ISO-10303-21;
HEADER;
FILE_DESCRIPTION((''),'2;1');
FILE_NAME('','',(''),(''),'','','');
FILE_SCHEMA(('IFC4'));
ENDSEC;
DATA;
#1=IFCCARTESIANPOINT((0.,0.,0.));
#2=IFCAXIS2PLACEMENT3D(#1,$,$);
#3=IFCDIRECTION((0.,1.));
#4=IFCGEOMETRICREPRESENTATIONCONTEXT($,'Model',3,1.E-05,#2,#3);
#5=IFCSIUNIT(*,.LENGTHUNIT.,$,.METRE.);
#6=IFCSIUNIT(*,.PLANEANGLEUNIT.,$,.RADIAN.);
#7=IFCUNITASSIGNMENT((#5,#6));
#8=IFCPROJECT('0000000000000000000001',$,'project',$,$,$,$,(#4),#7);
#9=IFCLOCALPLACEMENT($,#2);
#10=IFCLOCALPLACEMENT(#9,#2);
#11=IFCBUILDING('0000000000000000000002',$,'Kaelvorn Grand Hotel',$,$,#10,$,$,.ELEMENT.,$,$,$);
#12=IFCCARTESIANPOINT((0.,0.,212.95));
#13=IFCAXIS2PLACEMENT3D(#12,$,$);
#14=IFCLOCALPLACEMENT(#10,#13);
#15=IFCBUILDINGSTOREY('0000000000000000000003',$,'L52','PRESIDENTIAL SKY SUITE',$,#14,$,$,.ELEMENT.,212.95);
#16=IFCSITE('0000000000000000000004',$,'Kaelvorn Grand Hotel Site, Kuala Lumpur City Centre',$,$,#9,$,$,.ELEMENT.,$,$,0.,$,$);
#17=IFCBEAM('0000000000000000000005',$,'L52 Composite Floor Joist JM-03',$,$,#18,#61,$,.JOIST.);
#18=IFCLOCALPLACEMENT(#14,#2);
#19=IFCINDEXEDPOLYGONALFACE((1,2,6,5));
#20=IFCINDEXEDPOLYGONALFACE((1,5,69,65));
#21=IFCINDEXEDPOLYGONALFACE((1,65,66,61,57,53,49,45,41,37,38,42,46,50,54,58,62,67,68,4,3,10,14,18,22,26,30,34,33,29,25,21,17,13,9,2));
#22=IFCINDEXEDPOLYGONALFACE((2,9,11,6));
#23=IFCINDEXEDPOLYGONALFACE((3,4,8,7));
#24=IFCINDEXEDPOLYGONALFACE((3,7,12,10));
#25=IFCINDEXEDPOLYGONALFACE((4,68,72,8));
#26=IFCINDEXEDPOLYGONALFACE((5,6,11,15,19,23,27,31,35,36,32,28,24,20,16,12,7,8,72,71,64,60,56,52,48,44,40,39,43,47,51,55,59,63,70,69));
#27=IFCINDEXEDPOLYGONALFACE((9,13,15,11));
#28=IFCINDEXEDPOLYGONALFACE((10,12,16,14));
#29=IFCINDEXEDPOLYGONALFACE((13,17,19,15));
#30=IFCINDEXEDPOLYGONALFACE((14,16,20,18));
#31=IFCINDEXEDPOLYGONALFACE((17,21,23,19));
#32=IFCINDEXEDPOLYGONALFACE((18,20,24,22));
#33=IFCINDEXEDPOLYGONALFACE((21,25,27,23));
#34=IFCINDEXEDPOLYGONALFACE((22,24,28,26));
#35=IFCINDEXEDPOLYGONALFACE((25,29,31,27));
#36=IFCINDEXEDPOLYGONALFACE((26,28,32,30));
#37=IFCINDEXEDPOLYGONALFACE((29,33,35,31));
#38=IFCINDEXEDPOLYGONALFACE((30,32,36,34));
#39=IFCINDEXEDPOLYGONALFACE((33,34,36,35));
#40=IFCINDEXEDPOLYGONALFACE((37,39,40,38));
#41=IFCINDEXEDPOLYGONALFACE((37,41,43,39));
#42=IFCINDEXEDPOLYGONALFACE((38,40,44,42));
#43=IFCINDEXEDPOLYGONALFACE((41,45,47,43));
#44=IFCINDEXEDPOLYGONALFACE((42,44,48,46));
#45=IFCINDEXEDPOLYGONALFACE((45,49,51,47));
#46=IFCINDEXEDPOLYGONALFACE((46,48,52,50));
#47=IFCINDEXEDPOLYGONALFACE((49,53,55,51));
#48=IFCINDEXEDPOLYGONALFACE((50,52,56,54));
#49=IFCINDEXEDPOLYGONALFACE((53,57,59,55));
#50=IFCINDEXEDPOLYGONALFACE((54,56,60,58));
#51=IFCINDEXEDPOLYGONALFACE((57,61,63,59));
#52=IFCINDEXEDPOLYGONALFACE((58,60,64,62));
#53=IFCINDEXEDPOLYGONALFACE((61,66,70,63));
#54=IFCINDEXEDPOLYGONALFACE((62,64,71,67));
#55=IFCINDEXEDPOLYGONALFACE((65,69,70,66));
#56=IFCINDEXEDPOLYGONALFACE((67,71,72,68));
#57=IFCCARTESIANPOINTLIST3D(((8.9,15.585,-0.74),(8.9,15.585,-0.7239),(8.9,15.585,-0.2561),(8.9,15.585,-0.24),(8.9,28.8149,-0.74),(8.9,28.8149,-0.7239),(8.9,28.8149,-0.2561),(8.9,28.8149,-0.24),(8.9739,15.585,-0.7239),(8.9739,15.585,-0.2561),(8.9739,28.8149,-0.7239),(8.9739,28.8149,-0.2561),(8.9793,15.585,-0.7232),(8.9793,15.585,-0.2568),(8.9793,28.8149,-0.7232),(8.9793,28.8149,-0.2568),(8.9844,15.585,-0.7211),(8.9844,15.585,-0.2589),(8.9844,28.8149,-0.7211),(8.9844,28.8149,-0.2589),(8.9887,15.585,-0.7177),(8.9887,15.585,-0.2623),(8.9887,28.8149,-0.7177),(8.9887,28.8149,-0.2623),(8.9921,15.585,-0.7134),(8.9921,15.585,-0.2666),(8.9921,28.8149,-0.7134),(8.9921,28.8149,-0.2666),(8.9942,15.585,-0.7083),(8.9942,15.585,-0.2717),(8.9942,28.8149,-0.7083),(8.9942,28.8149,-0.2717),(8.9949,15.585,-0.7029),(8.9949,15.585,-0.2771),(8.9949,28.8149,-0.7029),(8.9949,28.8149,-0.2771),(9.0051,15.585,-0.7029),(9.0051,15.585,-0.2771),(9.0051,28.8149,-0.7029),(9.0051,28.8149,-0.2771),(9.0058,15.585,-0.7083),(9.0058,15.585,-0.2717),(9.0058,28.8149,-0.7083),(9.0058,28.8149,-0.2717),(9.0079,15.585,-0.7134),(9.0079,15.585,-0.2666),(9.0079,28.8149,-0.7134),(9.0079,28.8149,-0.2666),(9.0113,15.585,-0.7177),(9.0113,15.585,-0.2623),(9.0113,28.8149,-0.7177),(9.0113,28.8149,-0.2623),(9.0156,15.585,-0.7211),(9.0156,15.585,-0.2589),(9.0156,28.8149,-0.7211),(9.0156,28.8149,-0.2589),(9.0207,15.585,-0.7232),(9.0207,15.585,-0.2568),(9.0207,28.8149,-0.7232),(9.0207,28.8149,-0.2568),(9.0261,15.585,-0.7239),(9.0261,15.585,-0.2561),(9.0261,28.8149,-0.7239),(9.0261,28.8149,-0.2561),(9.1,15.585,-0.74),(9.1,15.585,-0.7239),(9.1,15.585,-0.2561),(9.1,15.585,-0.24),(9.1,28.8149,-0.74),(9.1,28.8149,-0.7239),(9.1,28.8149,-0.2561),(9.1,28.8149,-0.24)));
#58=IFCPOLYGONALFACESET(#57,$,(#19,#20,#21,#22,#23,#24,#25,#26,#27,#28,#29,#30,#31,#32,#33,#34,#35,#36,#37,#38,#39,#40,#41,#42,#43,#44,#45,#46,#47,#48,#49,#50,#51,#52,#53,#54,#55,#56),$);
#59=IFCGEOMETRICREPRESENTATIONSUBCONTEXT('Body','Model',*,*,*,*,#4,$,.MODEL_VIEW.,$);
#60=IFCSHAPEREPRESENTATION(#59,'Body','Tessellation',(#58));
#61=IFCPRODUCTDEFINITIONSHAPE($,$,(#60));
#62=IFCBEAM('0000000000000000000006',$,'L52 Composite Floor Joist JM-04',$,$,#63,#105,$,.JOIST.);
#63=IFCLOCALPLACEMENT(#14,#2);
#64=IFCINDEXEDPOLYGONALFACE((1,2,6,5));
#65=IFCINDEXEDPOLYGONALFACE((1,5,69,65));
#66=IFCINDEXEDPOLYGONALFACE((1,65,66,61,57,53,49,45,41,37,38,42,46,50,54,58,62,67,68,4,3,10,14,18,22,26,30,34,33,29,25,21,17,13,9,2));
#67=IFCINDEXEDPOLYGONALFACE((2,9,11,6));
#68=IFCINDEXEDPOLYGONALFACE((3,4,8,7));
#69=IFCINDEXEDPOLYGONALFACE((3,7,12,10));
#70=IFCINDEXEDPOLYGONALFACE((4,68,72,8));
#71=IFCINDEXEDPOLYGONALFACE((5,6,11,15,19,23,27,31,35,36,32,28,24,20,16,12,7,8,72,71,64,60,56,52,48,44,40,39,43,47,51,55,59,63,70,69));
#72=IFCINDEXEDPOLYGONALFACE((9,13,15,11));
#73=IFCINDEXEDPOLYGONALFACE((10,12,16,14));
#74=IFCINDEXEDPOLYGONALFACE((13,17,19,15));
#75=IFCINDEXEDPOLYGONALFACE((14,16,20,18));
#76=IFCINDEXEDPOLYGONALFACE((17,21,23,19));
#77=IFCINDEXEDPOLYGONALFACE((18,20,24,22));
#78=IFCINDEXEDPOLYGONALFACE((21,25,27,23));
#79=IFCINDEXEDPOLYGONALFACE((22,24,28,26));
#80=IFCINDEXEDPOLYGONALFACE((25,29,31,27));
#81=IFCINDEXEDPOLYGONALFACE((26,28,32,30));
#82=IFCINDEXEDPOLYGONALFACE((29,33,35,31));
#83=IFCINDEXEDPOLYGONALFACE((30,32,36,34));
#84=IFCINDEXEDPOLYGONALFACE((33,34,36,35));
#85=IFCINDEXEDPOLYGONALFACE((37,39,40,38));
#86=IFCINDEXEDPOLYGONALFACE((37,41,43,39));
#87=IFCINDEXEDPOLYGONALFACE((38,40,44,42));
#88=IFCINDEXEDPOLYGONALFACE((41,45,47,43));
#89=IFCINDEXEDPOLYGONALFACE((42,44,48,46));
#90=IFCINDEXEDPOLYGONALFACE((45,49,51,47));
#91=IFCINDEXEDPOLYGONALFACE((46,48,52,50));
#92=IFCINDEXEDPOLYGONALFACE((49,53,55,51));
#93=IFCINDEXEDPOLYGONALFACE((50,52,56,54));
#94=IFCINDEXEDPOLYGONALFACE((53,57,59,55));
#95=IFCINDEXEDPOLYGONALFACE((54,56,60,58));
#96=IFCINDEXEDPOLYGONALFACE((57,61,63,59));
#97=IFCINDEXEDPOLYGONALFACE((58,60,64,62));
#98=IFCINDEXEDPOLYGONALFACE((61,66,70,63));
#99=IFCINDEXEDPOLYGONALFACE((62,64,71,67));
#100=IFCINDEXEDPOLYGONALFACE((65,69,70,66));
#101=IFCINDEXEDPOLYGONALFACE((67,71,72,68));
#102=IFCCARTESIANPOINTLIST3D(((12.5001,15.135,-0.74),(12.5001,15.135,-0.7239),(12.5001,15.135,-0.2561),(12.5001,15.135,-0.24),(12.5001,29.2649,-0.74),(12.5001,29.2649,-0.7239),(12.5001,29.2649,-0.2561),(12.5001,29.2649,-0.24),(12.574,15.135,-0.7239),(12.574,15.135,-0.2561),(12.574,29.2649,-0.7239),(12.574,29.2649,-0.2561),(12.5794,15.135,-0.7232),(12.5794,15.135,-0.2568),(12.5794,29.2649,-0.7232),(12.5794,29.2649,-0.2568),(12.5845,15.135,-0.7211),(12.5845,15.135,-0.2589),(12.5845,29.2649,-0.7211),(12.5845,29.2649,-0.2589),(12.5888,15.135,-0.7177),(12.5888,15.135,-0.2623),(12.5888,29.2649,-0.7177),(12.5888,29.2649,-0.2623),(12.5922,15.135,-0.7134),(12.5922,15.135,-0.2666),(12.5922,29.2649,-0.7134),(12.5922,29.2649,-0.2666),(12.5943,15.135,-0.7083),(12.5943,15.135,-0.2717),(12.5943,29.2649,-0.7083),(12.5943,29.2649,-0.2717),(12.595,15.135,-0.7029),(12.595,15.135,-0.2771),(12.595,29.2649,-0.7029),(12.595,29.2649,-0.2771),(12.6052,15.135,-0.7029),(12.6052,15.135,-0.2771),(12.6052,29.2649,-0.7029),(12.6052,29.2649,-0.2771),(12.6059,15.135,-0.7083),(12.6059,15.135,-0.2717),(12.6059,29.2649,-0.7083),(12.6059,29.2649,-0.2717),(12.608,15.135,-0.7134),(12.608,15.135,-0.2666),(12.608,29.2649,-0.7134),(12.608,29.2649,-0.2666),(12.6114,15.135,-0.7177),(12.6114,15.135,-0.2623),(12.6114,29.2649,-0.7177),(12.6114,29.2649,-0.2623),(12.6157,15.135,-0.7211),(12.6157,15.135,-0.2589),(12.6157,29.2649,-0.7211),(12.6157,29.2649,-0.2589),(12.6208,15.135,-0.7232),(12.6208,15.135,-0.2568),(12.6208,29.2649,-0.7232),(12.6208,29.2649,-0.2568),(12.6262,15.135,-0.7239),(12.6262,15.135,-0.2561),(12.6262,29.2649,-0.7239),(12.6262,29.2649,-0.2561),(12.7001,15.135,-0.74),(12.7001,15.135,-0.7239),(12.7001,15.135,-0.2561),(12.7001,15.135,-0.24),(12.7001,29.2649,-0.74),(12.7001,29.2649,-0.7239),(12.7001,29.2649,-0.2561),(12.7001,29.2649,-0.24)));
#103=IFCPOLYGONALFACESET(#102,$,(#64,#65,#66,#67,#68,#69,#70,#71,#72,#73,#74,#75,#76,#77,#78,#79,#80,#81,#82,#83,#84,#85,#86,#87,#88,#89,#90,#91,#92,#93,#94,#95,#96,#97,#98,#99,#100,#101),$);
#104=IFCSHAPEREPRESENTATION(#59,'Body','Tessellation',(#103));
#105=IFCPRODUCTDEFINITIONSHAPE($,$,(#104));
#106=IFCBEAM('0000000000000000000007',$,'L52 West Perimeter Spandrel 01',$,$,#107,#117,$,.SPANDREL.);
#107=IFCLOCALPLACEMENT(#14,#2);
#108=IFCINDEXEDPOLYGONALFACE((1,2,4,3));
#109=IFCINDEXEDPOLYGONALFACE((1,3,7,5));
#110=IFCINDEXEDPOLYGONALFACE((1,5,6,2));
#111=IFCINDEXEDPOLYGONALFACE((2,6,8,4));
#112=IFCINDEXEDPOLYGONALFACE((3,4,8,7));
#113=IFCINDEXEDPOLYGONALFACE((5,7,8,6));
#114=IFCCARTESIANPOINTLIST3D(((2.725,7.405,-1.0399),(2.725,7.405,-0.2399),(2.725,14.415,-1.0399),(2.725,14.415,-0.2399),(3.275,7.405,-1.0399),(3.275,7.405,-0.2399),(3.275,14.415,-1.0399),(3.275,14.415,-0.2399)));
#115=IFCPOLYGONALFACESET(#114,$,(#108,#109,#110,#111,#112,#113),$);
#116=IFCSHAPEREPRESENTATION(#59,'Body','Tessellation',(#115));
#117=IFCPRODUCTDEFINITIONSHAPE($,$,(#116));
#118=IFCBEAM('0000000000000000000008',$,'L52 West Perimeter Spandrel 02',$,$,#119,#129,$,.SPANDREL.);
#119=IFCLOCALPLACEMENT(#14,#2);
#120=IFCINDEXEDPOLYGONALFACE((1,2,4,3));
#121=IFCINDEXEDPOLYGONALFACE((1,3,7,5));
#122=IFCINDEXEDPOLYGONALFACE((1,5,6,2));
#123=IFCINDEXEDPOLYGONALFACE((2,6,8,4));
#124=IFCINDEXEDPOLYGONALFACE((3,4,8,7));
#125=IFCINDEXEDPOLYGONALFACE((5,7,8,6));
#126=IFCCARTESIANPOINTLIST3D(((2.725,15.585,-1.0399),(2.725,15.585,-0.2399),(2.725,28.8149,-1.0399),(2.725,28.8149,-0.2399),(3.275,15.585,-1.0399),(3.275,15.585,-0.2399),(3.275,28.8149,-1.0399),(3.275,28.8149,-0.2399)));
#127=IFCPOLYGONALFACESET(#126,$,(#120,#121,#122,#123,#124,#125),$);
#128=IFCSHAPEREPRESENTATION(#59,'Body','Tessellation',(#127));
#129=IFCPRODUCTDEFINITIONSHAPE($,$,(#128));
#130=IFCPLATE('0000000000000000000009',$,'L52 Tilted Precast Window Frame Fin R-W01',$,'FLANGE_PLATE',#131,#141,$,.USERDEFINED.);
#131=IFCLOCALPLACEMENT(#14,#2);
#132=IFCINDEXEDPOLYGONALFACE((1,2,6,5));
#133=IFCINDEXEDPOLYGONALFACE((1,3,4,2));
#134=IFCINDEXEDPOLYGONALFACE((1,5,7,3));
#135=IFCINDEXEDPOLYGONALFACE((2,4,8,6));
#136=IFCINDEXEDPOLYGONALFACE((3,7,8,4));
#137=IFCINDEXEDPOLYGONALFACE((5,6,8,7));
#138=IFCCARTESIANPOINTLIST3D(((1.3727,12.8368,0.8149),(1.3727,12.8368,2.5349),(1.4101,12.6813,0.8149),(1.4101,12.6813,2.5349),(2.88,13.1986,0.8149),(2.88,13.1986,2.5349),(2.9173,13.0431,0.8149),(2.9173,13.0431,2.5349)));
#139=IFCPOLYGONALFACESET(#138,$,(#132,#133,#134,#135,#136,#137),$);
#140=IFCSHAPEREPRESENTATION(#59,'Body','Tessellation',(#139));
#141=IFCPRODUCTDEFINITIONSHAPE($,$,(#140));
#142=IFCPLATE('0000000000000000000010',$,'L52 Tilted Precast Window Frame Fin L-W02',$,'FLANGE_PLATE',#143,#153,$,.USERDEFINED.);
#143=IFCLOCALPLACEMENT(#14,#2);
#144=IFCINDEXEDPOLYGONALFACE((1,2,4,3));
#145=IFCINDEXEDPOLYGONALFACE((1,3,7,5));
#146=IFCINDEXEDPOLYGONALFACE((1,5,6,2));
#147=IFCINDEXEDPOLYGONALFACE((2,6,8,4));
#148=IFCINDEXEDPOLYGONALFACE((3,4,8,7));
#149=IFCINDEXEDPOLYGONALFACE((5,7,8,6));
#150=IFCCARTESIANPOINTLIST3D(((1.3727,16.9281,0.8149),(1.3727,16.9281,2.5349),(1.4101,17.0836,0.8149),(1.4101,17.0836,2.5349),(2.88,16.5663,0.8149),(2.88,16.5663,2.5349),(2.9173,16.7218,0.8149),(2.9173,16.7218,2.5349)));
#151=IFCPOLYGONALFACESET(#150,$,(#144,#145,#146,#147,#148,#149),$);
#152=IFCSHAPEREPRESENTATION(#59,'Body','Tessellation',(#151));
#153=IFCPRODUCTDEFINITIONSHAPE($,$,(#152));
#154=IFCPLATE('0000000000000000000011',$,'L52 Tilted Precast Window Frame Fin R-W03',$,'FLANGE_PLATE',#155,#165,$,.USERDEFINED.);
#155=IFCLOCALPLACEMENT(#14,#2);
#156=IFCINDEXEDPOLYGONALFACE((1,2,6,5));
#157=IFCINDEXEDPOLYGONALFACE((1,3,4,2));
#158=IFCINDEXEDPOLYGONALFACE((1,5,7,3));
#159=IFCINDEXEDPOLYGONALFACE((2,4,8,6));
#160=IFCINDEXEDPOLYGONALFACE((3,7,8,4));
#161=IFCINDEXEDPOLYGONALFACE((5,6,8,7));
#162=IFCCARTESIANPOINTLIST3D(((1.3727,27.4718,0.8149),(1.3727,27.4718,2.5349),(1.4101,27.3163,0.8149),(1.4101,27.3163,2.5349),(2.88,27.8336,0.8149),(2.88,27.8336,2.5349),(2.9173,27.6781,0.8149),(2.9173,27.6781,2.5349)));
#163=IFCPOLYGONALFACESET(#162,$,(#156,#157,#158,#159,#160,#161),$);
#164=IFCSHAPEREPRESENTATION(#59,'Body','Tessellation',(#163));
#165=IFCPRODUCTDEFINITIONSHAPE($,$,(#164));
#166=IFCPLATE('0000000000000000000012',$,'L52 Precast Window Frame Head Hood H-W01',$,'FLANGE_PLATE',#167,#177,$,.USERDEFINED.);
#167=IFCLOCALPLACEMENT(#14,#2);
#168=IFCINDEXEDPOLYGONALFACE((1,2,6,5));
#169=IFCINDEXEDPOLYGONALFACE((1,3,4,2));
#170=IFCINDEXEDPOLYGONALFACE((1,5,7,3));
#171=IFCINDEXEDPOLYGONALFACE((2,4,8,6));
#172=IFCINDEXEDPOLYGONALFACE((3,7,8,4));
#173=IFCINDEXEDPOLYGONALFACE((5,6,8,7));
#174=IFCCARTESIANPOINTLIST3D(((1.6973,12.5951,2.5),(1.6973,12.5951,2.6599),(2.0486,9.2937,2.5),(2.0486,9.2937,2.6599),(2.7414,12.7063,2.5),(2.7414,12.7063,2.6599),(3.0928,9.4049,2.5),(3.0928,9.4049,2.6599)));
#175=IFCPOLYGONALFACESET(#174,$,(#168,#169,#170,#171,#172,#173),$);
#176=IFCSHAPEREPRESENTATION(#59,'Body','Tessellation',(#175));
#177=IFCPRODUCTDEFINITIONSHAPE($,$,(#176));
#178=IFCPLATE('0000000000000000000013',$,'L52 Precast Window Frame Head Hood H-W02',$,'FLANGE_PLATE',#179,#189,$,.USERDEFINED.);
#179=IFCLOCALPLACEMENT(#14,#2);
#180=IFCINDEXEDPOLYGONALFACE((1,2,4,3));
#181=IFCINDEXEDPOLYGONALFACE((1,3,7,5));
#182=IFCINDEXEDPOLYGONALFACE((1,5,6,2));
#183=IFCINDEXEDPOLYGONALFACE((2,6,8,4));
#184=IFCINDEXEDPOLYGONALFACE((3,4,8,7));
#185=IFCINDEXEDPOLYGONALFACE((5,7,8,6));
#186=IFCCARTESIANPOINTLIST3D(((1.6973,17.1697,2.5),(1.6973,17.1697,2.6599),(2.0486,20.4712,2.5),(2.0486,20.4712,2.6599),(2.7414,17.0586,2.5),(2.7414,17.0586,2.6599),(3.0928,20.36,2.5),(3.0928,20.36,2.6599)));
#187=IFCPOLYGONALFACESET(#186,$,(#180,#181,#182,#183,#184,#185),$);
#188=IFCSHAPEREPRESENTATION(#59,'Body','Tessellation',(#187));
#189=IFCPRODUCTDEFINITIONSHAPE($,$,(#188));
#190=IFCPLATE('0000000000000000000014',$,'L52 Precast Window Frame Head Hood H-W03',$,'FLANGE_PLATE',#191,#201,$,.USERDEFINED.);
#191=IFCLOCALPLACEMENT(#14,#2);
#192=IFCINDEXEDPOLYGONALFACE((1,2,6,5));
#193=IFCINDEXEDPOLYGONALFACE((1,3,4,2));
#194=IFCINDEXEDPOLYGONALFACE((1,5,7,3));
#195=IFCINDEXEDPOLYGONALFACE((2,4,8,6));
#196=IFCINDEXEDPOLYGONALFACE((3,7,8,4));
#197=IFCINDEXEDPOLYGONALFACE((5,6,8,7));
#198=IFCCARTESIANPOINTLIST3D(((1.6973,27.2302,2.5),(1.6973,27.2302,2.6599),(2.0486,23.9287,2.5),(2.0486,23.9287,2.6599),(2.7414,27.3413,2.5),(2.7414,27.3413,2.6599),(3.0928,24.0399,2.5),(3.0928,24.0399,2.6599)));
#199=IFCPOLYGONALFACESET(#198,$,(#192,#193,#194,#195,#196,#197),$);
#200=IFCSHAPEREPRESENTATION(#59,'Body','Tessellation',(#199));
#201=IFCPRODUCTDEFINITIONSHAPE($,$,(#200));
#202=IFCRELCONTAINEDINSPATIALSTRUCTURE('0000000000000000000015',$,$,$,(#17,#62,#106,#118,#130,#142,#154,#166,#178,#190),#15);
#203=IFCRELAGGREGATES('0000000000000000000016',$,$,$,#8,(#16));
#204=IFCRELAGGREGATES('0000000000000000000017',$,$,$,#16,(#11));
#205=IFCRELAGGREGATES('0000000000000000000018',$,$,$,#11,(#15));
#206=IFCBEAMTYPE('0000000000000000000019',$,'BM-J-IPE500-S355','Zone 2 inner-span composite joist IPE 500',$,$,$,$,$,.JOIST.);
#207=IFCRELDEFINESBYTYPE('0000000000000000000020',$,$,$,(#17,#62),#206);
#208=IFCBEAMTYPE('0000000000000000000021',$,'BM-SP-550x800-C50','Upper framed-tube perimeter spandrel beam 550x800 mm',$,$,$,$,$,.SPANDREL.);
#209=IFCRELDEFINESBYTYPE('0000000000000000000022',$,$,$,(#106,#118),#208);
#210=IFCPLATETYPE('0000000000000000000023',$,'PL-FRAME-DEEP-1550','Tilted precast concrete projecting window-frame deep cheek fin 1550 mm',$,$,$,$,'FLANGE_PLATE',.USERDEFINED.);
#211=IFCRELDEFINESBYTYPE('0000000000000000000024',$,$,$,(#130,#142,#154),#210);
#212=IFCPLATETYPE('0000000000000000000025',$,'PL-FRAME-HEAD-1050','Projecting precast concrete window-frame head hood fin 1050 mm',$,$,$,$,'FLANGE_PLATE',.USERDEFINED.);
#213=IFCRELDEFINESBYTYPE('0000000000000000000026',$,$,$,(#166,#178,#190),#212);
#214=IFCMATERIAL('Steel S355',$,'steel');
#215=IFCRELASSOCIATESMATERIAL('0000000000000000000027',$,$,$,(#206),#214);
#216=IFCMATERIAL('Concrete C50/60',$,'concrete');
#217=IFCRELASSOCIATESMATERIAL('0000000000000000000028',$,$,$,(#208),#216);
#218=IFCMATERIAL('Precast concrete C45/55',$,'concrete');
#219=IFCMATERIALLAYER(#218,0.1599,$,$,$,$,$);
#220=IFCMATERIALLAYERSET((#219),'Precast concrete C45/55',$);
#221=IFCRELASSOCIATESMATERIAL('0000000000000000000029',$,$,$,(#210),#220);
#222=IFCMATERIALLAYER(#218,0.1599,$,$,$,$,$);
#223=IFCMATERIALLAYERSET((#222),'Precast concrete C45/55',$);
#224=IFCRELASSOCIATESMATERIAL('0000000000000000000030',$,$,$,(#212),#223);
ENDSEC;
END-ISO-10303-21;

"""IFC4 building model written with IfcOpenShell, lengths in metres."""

from ifc_helpers import new_model, si_unit, direction, frame, origin, origin_2d, place, context, subcontext, project, spatial, rectangle, i_section, extrude, material, layer, layer_set, material_profile, profile_set, type_object, element, save


model = new_model("IFC4")

# Units and contexts
model_context = context("Model", 3, precision=1e-05, world=origin(), true_north=direction((0.0, 1.0)))
body_context = subcontext(model_context, "Body", "Model", "MODEL_VIEW")
ifc_project = project(units=[si_unit("LENGTHUNIT", "METRE"), si_unit("PLANEANGLEUNIT", "RADIAN")], contexts=[model_context])

# Site, building, storey
site_placement = place(None, origin())
site = spatial("IfcSite", under=ifc_project, at=site_placement, Name="Kaelvorn Grand Hotel Site, Kuala Lumpur City Centre", CompositionType="ELEMENT", RefElevation=0.0)
building_placement = place(site_placement, origin())
building = spatial("IfcBuilding", under=site, at=building_placement, Name="Kaelvorn Grand Hotel", CompositionType="ELEMENT")
storey_placement = place(building_placement, frame((0.0, 0.0, 212.95)))
storey = spatial("IfcBuildingStorey", under=building, at=storey_placement, Name="L52", Description="PRESIDENTIAL SKY SUITE", CompositionType="ELEMENT", Elevation=212.95)

# Beams
ifc_material_1 = material(Name="Steel S355", Category="steel")
ifc_material_profile_1 = material_profile(ifc_material_1, i_section(OverallWidth=0.2, OverallDepth=0.5, WebThickness=0.0103, FlangeThickness=0.0161, FilletRadius=0.021, at=origin_2d()), Name="IPE 500")
ifc_profile_set_1 = profile_set([ifc_material_profile_1], Name="Steel S355")
beam_type_1 = type_object("IfcBeamType", Name="BM-J-IPE500-S355", Description="Zone 2 inner-span composite joist IPE 500", PredefinedType="JOIST", material=ifc_profile_set_1)
beam_1_placement = place(storey_placement, frame((9.0, 15.585, -0.49), z_axis=(0.0, 1.0, 0.0), x_axis=(-1.0, 0.0, 0.0)))
element("IfcBeam", 1, at=beam_1_placement, inside=storey, type_object=beam_type_1, Name="L52 Composite Floor Joist JM-03", PredefinedType="JOIST", context=body_context, shape_type="SweptSolid", body=[
    extrude(i_section(OverallWidth=0.2, OverallDepth=0.5, WebThickness=0.0103, FlangeThickness=0.0161, FilletRadius=0.021, at=origin_2d()), origin(), (0.0, 0.0, 1.0), 13.23),
])
beam_2_placement = place(storey_placement, frame((12.6001, 15.135, -0.49), z_axis=(0.0, 1.0, 0.0), x_axis=(-1.0, 0.0, 0.0)))
element("IfcBeam", 2, at=beam_2_placement, inside=storey, type_object=beam_type_1, Name="L52 Composite Floor Joist JM-04", PredefinedType="JOIST", context=body_context, shape_type="SweptSolid", body=[
    extrude(i_section(OverallWidth=0.2, OverallDepth=0.5, WebThickness=0.0103, FlangeThickness=0.0161, FilletRadius=0.021, at=origin_2d()), origin(), (0.0, 0.0, 1.0), 14.1299),
])
ifc_material_2 = material(Name="Concrete C50/60", Category="concrete")
ifc_material_profile_2 = material_profile(ifc_material_2, rectangle(XDim=0.55, YDim=0.8, at=origin_2d()), Name="RC SPANDREL 550x800")
ifc_profile_set_2 = profile_set([ifc_material_profile_2], Name="Concrete C50/60")
beam_type_2 = type_object("IfcBeamType", Name="BM-SP-550x800-C50", Description="Upper framed-tube perimeter spandrel beam 550x800 mm", PredefinedType="SPANDREL", material=ifc_profile_set_2)
beam_3_placement = place(storey_placement, frame((3.0, 7.405, -0.6399), z_axis=(0.0, 1.0, 0.0), x_axis=(-1.0, 0.0, 0.0)))
element("IfcBeam", 3, at=beam_3_placement, inside=storey, type_object=beam_type_2, Name="L52 West Perimeter Spandrel 01", PredefinedType="SPANDREL", context=body_context, shape_type="SweptSolid", body=[
    extrude(rectangle(XDim=0.55, YDim=0.8, at=origin_2d()), origin(), (0.0, 0.0, 1.0), 7.01),
])
beam_4_placement = place(storey_placement, frame((3.0, 15.585, -0.6399), z_axis=(0.0, 1.0, 0.0), x_axis=(-1.0, 0.0, 0.0)))
element("IfcBeam", 4, at=beam_4_placement, inside=storey, type_object=beam_type_2, Name="L52 West Perimeter Spandrel 02", PredefinedType="SPANDREL", context=body_context, shape_type="SweptSolid", body=[
    extrude(rectangle(XDim=0.55, YDim=0.8, at=origin_2d()), origin(), (0.0, 0.0, 1.0), 13.23),
])

# Plates
ifc_material_3 = material(Name="Precast concrete C45/55", Category="concrete")
ifc_layer_1 = layer(ifc_material_3, 0.1599)
ifc_layer_set_1 = layer_set([ifc_layer_1], Name="Precast concrete C45/55")
plate_type_1 = type_object("IfcPlateType", Name="PL-FRAME-DEEP-1550", Description="Tilted precast concrete projecting window-frame deep cheek fin 1550 mm", ElementType="FLANGE_PLATE", PredefinedType="USERDEFINED", material=ifc_layer_set_1)
for number, where, z_axis, x_axis, name in (
    (5, (2.145, 12.9399, 0.8149), (0.0, 0.0, 1.0), (-0.233445, 0.97237, 0.0), "L52 Tilted Precast Window Frame Fin R-W01"),
    (6, (2.145, 16.825, 0.8149), (0.0, 0.0, 1.0), (0.233445, 0.97237, 0.0), "L52 Tilted Precast Window Frame Fin L-W02"),
    (7, (2.145, 27.575, 0.8149), (0.0, 0.0, 1.0), (-0.233445, 0.97237, 0.0), "L52 Tilted Precast Window Frame Fin R-W03"),
):
    element("IfcPlate", number, at=place(storey_placement, frame(where, z_axis=z_axis, x_axis=x_axis)), inside=storey, type_object=plate_type_1, Name=name, ObjectType="FLANGE_PLATE", PredefinedType="USERDEFINED", context=body_context, shape_type="SweptSolid", body=[
        extrude(rectangle(XDim=0.1599, YDim=1.55, at=origin_2d()), origin(), (0.0, 0.0, 1.0), 1.72),
    ])
ifc_layer_2 = layer(ifc_material_3, 0.1599)
ifc_layer_set_2 = layer_set([ifc_layer_2], Name="Precast concrete C45/55")
plate_type_2 = type_object("IfcPlateType", Name="PL-FRAME-HEAD-1050", Description="Projecting precast concrete window-frame head hood fin 1050 mm", ElementType="FLANGE_PLATE", PredefinedType="USERDEFINED", material=ifc_layer_set_2)
for number, where, z_axis, x_axis, name in (
    (8, (2.395, 11.0, 2.5), (0.0, 0.0, 1.0), (-0.10583, 0.994384, 0.0), "L52 Precast Window Frame Head Hood H-W01"),
    (9, (2.395, 18.7649, 2.5), (0.0, 0.0, 1.0), (0.10583, 0.994384, 0.0), "L52 Precast Window Frame Head Hood H-W02"),
    (10, (2.395, 25.635, 2.5), (0.0, 0.0, 1.0), (-0.10583, 0.994384, 0.0), "L52 Precast Window Frame Head Hood H-W03"),
):
    element("IfcPlate", number, at=place(storey_placement, frame(where, z_axis=z_axis, x_axis=x_axis)), inside=storey, type_object=plate_type_2, Name=name, ObjectType="FLANGE_PLATE", PredefinedType="USERDEFINED", context=body_context, shape_type="SweptSolid", body=[
        extrude(rectangle(XDim=3.3201, YDim=1.05, at=origin_2d()), origin(), (0.0, 0.0, 1.0), 0.1599),
    ])

save(model, "model.ifc")
